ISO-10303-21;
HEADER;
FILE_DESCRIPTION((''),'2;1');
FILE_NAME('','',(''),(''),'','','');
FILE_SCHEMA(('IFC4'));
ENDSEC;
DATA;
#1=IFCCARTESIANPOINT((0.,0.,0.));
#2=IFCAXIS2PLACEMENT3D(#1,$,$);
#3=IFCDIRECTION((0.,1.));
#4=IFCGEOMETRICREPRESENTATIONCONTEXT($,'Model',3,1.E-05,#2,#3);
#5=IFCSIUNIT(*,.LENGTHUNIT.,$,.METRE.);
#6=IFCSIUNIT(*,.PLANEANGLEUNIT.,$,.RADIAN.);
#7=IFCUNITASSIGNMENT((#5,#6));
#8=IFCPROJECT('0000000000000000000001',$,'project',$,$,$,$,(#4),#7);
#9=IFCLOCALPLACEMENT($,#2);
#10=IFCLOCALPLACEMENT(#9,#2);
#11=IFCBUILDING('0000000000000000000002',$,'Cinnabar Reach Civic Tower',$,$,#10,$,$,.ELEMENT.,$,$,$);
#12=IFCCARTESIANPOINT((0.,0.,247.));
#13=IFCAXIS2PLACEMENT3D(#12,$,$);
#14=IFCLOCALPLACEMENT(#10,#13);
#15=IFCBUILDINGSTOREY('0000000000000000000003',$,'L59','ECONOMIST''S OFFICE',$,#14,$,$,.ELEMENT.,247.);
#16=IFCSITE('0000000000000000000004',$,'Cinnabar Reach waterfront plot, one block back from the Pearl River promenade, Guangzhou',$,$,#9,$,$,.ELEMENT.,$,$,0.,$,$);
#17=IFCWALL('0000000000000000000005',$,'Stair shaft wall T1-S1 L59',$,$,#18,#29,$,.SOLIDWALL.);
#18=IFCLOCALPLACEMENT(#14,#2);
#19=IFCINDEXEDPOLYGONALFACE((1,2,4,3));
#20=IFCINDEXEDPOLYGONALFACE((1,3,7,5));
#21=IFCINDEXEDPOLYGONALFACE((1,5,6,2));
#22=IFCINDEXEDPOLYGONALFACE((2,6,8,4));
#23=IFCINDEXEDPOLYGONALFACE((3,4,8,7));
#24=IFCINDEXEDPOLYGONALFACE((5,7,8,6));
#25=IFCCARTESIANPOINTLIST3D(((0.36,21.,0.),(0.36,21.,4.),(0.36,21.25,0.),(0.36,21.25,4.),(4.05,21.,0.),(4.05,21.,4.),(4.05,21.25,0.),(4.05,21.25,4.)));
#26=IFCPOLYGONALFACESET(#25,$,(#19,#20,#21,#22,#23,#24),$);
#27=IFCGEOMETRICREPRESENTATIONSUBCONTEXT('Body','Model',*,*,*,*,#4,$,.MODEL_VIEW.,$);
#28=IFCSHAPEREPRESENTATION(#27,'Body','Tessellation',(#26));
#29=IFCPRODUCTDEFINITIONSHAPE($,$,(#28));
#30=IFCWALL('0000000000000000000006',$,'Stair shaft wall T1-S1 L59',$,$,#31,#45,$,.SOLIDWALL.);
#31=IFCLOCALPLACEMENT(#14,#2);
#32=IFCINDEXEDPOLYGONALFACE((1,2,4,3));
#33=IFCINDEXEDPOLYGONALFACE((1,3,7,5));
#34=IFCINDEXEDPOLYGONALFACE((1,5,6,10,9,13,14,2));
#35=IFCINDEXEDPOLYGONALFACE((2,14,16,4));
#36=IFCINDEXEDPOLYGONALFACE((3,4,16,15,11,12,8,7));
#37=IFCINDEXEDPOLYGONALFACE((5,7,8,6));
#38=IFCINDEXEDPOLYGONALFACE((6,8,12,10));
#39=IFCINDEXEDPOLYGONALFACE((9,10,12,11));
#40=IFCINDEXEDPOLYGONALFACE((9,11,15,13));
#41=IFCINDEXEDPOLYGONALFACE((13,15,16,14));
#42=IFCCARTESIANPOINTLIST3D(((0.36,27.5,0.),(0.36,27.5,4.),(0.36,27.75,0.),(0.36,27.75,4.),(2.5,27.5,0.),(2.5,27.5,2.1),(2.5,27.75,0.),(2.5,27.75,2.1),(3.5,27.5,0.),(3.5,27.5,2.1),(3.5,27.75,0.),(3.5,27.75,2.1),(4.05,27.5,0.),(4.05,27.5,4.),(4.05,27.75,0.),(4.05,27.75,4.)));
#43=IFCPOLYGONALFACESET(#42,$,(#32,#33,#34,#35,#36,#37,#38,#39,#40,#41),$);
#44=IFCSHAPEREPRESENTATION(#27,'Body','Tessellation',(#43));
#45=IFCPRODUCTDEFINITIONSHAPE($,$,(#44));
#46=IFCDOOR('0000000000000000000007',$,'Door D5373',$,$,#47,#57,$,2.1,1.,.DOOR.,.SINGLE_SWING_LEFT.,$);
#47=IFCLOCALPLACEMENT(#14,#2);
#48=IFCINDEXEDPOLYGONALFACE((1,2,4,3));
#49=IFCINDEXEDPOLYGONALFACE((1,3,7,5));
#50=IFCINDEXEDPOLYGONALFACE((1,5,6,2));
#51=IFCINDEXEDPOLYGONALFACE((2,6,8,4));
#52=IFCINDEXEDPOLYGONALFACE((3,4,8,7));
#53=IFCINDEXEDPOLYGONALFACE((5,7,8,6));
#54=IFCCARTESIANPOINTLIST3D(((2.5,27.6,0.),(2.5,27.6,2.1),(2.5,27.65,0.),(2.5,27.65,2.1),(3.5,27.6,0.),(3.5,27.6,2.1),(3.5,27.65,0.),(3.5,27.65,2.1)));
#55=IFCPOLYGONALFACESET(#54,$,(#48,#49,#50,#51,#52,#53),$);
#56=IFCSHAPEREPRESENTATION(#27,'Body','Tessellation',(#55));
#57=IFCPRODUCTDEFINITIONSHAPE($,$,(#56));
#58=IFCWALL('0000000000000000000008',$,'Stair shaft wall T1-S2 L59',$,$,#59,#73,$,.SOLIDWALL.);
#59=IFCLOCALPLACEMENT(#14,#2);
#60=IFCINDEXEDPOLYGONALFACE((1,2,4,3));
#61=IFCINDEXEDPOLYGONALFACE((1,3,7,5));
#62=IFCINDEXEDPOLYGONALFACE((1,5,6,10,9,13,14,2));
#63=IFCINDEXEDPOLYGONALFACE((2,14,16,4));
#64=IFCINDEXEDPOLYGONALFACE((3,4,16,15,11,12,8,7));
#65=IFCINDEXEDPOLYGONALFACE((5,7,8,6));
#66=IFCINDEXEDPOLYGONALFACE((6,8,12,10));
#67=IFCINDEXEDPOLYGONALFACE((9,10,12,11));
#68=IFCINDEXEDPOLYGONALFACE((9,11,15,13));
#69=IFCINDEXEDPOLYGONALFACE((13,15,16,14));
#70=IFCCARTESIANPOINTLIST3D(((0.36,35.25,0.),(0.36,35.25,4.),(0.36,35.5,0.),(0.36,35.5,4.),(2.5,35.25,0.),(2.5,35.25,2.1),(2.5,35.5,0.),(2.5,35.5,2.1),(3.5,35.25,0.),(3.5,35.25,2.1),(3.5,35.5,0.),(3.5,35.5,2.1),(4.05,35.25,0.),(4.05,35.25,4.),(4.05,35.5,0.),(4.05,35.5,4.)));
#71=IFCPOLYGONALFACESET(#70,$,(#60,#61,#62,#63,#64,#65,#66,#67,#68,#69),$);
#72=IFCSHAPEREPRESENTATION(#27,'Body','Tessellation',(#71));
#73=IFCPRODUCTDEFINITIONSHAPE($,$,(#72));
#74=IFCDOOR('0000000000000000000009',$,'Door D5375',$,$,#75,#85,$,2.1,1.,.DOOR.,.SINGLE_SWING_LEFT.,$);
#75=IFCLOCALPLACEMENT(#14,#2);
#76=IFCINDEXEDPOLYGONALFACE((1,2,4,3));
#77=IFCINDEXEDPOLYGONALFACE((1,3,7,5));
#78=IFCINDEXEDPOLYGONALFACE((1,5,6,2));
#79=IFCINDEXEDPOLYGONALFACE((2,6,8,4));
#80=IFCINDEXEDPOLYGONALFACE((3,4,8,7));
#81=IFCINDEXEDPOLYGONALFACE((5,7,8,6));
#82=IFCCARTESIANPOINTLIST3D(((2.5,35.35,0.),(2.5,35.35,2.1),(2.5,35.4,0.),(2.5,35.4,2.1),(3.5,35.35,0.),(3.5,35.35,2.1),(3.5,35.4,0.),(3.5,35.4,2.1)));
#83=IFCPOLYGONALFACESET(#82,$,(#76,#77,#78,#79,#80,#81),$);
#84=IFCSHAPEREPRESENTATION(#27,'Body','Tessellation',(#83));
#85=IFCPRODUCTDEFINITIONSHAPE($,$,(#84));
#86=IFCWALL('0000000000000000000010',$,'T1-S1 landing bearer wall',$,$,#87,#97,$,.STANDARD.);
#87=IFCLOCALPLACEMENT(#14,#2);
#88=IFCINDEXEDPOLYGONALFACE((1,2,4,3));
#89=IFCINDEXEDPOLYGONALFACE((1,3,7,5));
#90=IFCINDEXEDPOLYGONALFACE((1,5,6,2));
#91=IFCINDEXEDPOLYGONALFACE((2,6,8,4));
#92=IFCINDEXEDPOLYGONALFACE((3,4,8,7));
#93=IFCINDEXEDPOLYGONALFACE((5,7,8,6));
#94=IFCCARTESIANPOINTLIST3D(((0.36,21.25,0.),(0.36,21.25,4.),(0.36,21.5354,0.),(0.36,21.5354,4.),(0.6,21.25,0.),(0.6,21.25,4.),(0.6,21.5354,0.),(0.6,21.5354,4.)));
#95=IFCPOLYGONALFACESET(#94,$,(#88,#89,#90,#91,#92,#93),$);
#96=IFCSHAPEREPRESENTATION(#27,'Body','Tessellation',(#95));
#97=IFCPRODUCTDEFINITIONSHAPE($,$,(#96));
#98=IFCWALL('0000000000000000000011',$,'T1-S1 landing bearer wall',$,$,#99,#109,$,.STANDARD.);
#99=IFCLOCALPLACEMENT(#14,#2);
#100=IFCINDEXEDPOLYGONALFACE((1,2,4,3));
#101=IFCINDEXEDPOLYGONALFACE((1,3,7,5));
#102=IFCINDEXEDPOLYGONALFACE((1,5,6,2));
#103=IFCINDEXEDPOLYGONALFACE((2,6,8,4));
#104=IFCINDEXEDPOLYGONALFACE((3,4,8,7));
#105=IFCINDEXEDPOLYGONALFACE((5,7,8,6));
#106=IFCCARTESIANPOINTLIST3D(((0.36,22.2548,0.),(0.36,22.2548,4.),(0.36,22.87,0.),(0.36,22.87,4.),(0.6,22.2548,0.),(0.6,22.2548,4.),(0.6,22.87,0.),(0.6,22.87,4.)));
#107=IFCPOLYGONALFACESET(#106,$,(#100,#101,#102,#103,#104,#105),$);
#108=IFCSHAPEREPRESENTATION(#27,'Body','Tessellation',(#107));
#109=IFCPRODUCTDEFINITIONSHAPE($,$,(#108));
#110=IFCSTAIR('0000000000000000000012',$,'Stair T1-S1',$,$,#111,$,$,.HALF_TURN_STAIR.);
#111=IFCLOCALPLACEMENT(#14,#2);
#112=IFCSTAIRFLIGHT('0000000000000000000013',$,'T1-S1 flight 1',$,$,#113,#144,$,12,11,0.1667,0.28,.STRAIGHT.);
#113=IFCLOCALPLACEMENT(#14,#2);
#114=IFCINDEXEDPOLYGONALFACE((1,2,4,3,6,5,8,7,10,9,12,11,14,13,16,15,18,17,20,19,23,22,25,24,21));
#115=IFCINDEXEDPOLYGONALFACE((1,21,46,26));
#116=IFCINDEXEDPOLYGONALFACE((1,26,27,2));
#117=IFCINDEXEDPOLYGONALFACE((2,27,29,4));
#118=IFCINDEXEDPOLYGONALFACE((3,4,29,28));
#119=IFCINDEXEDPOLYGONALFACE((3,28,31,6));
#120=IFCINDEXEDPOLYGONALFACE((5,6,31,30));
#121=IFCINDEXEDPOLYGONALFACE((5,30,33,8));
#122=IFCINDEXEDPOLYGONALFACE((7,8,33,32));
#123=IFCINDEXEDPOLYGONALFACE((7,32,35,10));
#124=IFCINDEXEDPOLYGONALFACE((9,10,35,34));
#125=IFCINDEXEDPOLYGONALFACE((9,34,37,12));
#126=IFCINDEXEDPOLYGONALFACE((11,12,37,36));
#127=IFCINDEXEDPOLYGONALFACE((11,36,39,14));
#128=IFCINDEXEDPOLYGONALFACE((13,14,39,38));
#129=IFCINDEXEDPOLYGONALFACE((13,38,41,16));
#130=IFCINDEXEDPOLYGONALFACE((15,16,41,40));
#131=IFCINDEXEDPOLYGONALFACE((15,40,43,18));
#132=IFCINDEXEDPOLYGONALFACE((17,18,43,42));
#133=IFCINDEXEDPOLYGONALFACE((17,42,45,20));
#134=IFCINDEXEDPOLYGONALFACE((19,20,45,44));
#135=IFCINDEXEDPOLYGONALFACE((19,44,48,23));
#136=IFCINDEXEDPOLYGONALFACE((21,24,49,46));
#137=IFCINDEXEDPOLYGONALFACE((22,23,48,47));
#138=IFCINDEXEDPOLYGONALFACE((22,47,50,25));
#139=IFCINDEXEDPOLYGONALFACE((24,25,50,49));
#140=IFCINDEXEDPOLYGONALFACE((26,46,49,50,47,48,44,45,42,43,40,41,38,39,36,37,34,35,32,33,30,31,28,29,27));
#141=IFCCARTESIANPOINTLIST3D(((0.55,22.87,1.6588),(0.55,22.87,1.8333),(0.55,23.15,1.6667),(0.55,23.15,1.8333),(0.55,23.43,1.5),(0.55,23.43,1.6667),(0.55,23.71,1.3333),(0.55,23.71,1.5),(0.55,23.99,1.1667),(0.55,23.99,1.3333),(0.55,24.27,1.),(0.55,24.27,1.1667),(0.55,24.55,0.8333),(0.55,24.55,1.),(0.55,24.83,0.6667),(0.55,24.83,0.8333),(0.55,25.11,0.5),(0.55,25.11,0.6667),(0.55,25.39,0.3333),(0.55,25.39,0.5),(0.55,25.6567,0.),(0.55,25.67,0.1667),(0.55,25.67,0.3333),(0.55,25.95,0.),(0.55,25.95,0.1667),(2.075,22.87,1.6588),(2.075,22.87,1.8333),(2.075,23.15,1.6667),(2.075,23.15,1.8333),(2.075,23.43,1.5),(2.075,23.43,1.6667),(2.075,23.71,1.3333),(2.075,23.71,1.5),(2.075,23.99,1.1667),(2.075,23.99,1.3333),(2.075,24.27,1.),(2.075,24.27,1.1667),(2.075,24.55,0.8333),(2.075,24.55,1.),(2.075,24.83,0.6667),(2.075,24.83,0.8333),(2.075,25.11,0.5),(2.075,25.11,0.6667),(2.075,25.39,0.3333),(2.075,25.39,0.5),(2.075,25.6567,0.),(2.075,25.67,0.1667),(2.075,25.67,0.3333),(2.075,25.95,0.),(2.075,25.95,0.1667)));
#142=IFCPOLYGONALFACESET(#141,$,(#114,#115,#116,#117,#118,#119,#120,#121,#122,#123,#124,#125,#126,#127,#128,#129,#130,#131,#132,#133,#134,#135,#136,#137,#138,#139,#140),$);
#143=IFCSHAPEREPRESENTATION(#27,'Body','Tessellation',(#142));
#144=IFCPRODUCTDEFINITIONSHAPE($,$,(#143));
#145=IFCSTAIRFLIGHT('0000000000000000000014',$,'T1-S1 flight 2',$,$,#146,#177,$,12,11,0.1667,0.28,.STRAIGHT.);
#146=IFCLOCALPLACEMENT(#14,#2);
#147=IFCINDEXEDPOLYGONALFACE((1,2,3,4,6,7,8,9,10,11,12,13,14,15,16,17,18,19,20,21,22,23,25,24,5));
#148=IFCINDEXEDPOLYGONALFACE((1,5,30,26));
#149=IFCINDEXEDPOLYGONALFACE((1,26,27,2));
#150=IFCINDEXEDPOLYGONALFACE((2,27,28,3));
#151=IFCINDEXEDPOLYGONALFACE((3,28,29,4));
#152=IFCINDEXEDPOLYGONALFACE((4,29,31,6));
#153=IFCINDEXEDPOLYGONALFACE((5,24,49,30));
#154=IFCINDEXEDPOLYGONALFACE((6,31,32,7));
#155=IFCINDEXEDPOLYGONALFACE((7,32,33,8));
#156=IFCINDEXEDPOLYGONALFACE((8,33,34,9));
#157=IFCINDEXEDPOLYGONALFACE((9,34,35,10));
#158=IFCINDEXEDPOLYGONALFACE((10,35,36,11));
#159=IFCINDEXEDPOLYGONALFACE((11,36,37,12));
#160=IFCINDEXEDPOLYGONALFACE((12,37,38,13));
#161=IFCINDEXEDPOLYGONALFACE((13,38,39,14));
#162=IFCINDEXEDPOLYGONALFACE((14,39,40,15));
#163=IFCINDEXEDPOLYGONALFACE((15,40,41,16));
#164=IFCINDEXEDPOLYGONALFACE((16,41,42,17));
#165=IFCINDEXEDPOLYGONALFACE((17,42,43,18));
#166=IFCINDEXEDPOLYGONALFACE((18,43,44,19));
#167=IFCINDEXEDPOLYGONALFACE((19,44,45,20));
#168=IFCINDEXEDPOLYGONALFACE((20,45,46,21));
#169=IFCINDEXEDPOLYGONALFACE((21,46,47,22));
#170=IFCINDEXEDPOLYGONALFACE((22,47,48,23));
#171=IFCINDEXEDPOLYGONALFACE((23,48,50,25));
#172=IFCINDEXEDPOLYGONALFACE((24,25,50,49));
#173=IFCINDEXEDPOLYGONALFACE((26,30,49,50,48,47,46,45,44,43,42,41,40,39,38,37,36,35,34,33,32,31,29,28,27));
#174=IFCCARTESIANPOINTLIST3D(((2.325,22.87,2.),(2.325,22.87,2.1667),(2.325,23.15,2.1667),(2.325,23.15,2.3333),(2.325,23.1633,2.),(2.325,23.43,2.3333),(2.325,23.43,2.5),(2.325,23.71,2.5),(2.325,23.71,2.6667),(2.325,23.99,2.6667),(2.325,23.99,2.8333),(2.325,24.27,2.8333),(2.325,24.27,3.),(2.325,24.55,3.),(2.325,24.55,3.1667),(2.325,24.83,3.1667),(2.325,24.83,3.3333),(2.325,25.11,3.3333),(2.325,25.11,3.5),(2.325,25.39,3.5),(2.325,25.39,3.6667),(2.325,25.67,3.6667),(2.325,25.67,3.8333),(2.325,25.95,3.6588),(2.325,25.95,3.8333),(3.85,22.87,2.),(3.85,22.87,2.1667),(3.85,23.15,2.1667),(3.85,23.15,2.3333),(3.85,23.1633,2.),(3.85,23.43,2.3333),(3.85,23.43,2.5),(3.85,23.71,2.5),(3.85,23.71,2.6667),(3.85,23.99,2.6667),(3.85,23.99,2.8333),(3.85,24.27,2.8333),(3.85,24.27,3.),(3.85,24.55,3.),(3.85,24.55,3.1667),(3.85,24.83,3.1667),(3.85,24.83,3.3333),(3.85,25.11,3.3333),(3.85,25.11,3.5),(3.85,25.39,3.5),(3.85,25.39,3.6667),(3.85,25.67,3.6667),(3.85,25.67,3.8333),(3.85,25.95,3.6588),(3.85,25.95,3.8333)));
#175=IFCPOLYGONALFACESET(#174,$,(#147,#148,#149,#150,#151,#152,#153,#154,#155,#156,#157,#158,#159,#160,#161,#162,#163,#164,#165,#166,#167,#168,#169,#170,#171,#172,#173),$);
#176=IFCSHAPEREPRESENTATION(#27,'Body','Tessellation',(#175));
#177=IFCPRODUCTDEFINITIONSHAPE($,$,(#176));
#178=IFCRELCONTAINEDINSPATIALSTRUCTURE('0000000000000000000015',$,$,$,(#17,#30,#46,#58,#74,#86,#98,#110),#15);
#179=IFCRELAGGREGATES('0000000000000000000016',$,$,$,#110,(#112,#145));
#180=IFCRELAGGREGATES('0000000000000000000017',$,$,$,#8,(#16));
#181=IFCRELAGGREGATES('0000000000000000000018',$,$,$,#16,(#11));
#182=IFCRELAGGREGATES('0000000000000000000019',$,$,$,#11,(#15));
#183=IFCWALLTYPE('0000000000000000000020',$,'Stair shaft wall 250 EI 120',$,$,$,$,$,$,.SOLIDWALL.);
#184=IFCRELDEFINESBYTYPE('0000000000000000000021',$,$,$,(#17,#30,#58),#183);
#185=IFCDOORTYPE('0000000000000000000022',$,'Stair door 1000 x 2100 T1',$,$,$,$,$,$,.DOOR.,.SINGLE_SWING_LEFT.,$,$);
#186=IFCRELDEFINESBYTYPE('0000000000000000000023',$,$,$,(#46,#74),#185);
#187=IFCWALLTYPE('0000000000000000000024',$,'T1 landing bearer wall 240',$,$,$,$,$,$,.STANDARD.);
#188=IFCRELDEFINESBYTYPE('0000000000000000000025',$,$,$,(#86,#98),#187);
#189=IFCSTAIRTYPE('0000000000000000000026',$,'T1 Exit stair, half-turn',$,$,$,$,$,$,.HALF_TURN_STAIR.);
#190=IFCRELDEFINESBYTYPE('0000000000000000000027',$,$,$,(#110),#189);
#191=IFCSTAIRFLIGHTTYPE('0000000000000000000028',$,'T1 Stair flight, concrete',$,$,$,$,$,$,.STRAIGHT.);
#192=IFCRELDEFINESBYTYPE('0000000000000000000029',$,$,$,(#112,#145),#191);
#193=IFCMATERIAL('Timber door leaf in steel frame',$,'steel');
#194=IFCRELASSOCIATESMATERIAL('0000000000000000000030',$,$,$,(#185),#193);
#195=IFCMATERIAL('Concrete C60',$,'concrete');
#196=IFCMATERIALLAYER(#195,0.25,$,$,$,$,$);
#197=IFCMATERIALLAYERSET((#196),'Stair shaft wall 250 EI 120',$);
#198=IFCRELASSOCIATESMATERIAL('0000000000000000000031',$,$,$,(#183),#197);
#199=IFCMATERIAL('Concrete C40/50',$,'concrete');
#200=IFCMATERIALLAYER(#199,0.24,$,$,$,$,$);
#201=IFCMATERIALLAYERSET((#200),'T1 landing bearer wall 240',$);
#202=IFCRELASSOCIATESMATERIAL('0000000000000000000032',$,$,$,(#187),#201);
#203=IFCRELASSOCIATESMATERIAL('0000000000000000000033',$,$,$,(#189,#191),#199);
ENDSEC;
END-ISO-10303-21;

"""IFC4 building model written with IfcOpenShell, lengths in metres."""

from ifc_helpers import new_model, si_unit, direction, frame, frame_2d, origin, place, context, subcontext, project, spatial, polyline, rectangle, outline, extrude, material, layer, layer_set, type_object, element, fill, aggregate, save


model = new_model("IFC4")

# Units and contexts
model_context = context("Model", 3, precision=1e-05, world=origin(), true_north=direction((0.0, 1.0)))
body_context = subcontext(model_context, "Body", "Model", "MODEL_VIEW")
ifc_project = project(units=[si_unit("LENGTHUNIT", "METRE"), si_unit("PLANEANGLEUNIT", "RADIAN")], contexts=[model_context])

# Site, building, storey
site_placement = place(None, origin())
site = spatial("IfcSite", under=ifc_project, at=site_placement, Name="Cinnabar Reach waterfront plot, one block back from the Pearl River promenade, Guangzhou", CompositionType="ELEMENT", RefElevation=0.0)
building_placement = place(site_placement, origin())
building = spatial("IfcBuilding", under=site, at=building_placement, Name="Cinnabar Reach Civic Tower", CompositionType="ELEMENT")
storey_placement = place(building_placement, frame((0.0, 0.0, 247.0)))
storey = spatial("IfcBuildingStorey", under=building, at=storey_placement, Name="L59", Description="ECONOMIST'S OFFICE", CompositionType="ELEMENT", Elevation=247.0)

# Shared definitions
ifc_material_1 = material(Name="Concrete C60", Category="concrete")

# Shared definitions
ifc_material_2 = material(Name="Timber door leaf in steel frame", Category="steel")
door_type = type_object("IfcDoorType", Name="Stair door 1000 x 2100 T1", OperationType="SINGLE_SWING_LEFT", PredefinedType="DOOR", material=ifc_material_2)

# Wall
ifc_layer_1 = layer(ifc_material_1, 0.25)
ifc_layer_set_1 = layer_set([ifc_layer_1], Name="Stair shaft wall 250 EI 120")
wall_type_1 = type_object("IfcWallType", Name="Stair shaft wall 250 EI 120", PredefinedType="SOLIDWALL", material=ifc_layer_set_1)
wall_1_placement = place(storey_placement, frame((0.36, 21.125, 0.0), z_axis=(0.0, 0.0, 1.0), x_axis=(1.0, 0.0, 0.0)))
element("IfcWall", 1, at=wall_1_placement, inside=storey, type_object=wall_type_1, Name="Stair shaft wall T1-S1 L59", PredefinedType="SOLIDWALL", context=body_context, shape_type="SweptSolid", body=[
    extrude(rectangle(XDim=3.69, YDim=0.25, at=frame_2d((1.845, 0.0))), origin(), (0.0, 0.0, 1.0), 4.0),
])

# Walls, openings, doors
wall_2_placement = place(storey_placement, frame((4.05, 27.625, 0.0), z_axis=(0.0, 0.0, 1.0), x_axis=(-1.0, 0.0, 0.0)))
wall_2 = element("IfcWall", 2, at=wall_2_placement, inside=storey, type_object=wall_type_1, Name="Stair shaft wall T1-S1 L59", PredefinedType="SOLIDWALL", context=body_context, shape_type="SweptSolid", body=[
    extrude(rectangle(XDim=3.69, YDim=0.25, at=frame_2d((1.845, 0.0))), origin(), (0.0, 0.0, 1.0), 4.0),
])
opening_1_placement = place(wall_2_placement, frame((0.55, 0.0, 0.0)))
opening_1 = element("IfcOpeningElement", 3, at=opening_1_placement, cuts=wall_2, PredefinedType="OPENING", context=body_context, shape_type="SweptSolid", body=[
    extrude(rectangle(XDim=1.0, YDim=2.1, at=frame_2d((0.5, 1.05))), frame((0.0, 0.135, 0.0), z_axis=(0.0, -1.0, 0.0), x_axis=(1.0, 0.0, 0.0)), (0.0, 0.0, 1.0), 0.27),
])
door_1_placement = place(opening_1_placement, origin())
door_1 = element("IfcDoor", 4, at=door_1_placement, inside=storey, type_object=door_type, Name="Door D5373", OperationType="SINGLE_SWING_LEFT", OverallHeight=2.1, OverallWidth=1.0, PredefinedType="DOOR", context=body_context, shape_type="SweptSolid", body=[
    extrude(rectangle(XDim=1.0, YDim=2.1, at=frame_2d((0.5, 1.05))), frame((0.0, 0.025, 0.0), z_axis=(0.0, -1.0, 0.0), x_axis=(1.0, 0.0, 0.0)), (0.0, 0.0, 1.0), 0.05),
])
fill(opening_1, door_1)
wall_3_placement = place(storey_placement, frame((0.36, 35.375, 0.0), z_axis=(0.0, 0.0, 1.0), x_axis=(1.0, 0.0, 0.0)))
wall_3 = element("IfcWall", 5, at=wall_3_placement, inside=storey, type_object=wall_type_1, Name="Stair shaft wall T1-S2 L59", PredefinedType="SOLIDWALL", context=body_context, shape_type="SweptSolid", body=[
    extrude(rectangle(XDim=3.69, YDim=0.25, at=frame_2d((1.845, 0.0))), origin(), (0.0, 0.0, 1.0), 4.0),
])
opening_2_placement = place(wall_3_placement, frame((2.14, 0.0, 0.0)))
opening_2 = element("IfcOpeningElement", 6, at=opening_2_placement, cuts=wall_3, PredefinedType="OPENING", context=body_context, shape_type="SweptSolid", body=[
    extrude(rectangle(XDim=1.0, YDim=2.1, at=frame_2d((0.5, 1.05))), frame((0.0, 0.135, 0.0), z_axis=(0.0, -1.0, 0.0), x_axis=(1.0, 0.0, 0.0)), (0.0, 0.0, 1.0), 0.27),
])
door_2_placement = place(opening_2_placement, origin())
door_2 = element("IfcDoor", 7, at=door_2_placement, inside=storey, type_object=door_type, Name="Door D5375", OperationType="SINGLE_SWING_LEFT", OverallHeight=2.1, OverallWidth=1.0, PredefinedType="DOOR", context=body_context, shape_type="SweptSolid", body=[
    extrude(rectangle(XDim=1.0, YDim=2.1, at=frame_2d((0.5, 1.05))), frame((0.0, 0.025, 0.0), z_axis=(0.0, -1.0, 0.0), x_axis=(1.0, 0.0, 0.0)), (0.0, 0.0, 1.0), 0.05),
])
fill(opening_2, door_2)

# Walls
ifc_material_3 = material(Name="Concrete C40/50", Category="concrete")
ifc_layer_2 = layer(ifc_material_3, 0.24)
ifc_layer_set_2 = layer_set([ifc_layer_2], Name="T1 landing bearer wall 240")
wall_type_2 = type_object("IfcWallType", Name="T1 landing bearer wall 240", PredefinedType="STANDARD", material=ifc_layer_set_2)
wall_4_placement = place(storey_placement, frame((0.48, 21.25, 0.0), z_axis=(0.0, 0.0, 1.0), x_axis=(0.0, 1.0, 0.0)))
element("IfcWall", 8, at=wall_4_placement, inside=storey, type_object=wall_type_2, Name="T1-S1 landing bearer wall", PredefinedType="STANDARD", context=body_context, shape_type="SweptSolid", body=[
    extrude(rectangle(XDim=0.2854, YDim=0.24, at=frame_2d((0.1427, 0.0))), origin(), (0.0, 0.0, 1.0), 4.0),
])
wall_5_placement = place(storey_placement, frame((0.48, 22.2549, 0.0), z_axis=(0.0, 0.0, 1.0), x_axis=(0.0, 1.0, 0.0)))
element("IfcWall", 9, at=wall_5_placement, inside=storey, type_object=wall_type_2, Name="T1-S1 landing bearer wall", PredefinedType="STANDARD", context=body_context, shape_type="SweptSolid", body=[
    extrude(rectangle(XDim=0.6151, YDim=0.24, at=frame_2d((0.3075, 0.0))), origin(), (0.0, 0.0, 1.0), 4.0),
])

# Stair, stair flights
stair_type = type_object("IfcStairType", Name="T1 Exit stair, half-turn", PredefinedType="HALF_TURN_STAIR", material=ifc_material_3)
stair_placement = place(storey_placement, origin())
stair = element("IfcStair", 10, at=stair_placement, inside=storey, type_object=stair_type, Name="Stair T1-S1", PredefinedType="HALF_TURN_STAIR")
stair_flight_type = type_object("IfcStairFlightType", Name="T1 Stair flight, concrete", PredefinedType="STRAIGHT", material=ifc_material_3)
stair_flight_1_placement = place(storey_placement, frame((1.3125, 25.95, 0.0), z_axis=(0.0, 0.0, 1.0), x_axis=(0.0, -1.0, 0.0)))
stair_flight_1 = element("IfcStairFlight", 11, at=stair_flight_1_placement, type_object=stair_flight_type, Name="T1-S1 flight 1", NumberOfRisers=12, NumberOfTreads=11, PredefinedType="STRAIGHT", RiserHeight=0.1667, TreadLength=0.28, context=body_context, shape_type="SweptSolid", body=[
    extrude(outline(polyline([(0.0, 0.0), (0.0, 0.1667), (0.28, 0.1667), (0.28, 0.3333), (0.56, 0.3333), (0.56, 0.5), (0.84, 0.5), (0.84, 0.6667), (1.12, 0.6667), (1.12, 0.8333), (1.4, 0.8333), (1.4, 1.0), (1.68, 1.0), (1.68, 1.1667), (1.96, 1.1667), (1.96, 1.3333), (2.24, 1.3333), (2.24, 1.5), (2.52, 1.5), (2.52, 1.6667), (2.8, 1.6667), (2.8, 1.8333), (3.08, 1.8333), (3.08, 2.0), (3.08, 1.6588), (0.2933, 0.0), (0.0, 0.0)])), frame((0.0, 0.7625, 0.0), z_axis=(0.0, -1.0, 0.0), x_axis=(1.0, 0.0, 0.0)), (0.0, 0.0, 1.0), 1.525),
])
stair_flight_2_placement = place(storey_placement, frame((3.0875, 22.87, 2.0), z_axis=(0.0, 0.0, 1.0), x_axis=(0.0, 1.0, 0.0)))
stair_flight_2 = element("IfcStairFlight", 12, at=stair_flight_2_placement, type_object=stair_flight_type, Name="T1-S1 flight 2", NumberOfRisers=12, NumberOfTreads=11, PredefinedType="STRAIGHT", RiserHeight=0.1667, TreadLength=0.28, context=body_context, shape_type="SweptSolid", body=[
    extrude(outline(polyline([(0.0, 0.0), (0.0, 0.1667), (0.28, 0.1667), (0.28, 0.3333), (0.56, 0.3333), (0.56, 0.5), (0.84, 0.5), (0.84, 0.6667), (1.12, 0.6667), (1.12, 0.8333), (1.4, 0.8333), (1.4, 1.0), (1.68, 1.0), (1.68, 1.1667), (1.96, 1.1667), (1.96, 1.3333), (2.24, 1.3333), (2.24, 1.5), (2.52, 1.5), (2.52, 1.6667), (2.8, 1.6667), (2.8, 1.8333), (3.08, 1.8333), (3.08, 2.0), (3.08, 1.6588), (0.2933, 0.0), (0.0, 0.0)])), frame((0.0, 0.7625, 0.0), z_axis=(0.0, -1.0, 0.0), x_axis=(1.0, 0.0, 0.0)), (0.0, 0.0, 1.0), 1.525),
])
aggregate(stair, [stair_flight_1, stair_flight_2])

save(model, "model.ifc")
